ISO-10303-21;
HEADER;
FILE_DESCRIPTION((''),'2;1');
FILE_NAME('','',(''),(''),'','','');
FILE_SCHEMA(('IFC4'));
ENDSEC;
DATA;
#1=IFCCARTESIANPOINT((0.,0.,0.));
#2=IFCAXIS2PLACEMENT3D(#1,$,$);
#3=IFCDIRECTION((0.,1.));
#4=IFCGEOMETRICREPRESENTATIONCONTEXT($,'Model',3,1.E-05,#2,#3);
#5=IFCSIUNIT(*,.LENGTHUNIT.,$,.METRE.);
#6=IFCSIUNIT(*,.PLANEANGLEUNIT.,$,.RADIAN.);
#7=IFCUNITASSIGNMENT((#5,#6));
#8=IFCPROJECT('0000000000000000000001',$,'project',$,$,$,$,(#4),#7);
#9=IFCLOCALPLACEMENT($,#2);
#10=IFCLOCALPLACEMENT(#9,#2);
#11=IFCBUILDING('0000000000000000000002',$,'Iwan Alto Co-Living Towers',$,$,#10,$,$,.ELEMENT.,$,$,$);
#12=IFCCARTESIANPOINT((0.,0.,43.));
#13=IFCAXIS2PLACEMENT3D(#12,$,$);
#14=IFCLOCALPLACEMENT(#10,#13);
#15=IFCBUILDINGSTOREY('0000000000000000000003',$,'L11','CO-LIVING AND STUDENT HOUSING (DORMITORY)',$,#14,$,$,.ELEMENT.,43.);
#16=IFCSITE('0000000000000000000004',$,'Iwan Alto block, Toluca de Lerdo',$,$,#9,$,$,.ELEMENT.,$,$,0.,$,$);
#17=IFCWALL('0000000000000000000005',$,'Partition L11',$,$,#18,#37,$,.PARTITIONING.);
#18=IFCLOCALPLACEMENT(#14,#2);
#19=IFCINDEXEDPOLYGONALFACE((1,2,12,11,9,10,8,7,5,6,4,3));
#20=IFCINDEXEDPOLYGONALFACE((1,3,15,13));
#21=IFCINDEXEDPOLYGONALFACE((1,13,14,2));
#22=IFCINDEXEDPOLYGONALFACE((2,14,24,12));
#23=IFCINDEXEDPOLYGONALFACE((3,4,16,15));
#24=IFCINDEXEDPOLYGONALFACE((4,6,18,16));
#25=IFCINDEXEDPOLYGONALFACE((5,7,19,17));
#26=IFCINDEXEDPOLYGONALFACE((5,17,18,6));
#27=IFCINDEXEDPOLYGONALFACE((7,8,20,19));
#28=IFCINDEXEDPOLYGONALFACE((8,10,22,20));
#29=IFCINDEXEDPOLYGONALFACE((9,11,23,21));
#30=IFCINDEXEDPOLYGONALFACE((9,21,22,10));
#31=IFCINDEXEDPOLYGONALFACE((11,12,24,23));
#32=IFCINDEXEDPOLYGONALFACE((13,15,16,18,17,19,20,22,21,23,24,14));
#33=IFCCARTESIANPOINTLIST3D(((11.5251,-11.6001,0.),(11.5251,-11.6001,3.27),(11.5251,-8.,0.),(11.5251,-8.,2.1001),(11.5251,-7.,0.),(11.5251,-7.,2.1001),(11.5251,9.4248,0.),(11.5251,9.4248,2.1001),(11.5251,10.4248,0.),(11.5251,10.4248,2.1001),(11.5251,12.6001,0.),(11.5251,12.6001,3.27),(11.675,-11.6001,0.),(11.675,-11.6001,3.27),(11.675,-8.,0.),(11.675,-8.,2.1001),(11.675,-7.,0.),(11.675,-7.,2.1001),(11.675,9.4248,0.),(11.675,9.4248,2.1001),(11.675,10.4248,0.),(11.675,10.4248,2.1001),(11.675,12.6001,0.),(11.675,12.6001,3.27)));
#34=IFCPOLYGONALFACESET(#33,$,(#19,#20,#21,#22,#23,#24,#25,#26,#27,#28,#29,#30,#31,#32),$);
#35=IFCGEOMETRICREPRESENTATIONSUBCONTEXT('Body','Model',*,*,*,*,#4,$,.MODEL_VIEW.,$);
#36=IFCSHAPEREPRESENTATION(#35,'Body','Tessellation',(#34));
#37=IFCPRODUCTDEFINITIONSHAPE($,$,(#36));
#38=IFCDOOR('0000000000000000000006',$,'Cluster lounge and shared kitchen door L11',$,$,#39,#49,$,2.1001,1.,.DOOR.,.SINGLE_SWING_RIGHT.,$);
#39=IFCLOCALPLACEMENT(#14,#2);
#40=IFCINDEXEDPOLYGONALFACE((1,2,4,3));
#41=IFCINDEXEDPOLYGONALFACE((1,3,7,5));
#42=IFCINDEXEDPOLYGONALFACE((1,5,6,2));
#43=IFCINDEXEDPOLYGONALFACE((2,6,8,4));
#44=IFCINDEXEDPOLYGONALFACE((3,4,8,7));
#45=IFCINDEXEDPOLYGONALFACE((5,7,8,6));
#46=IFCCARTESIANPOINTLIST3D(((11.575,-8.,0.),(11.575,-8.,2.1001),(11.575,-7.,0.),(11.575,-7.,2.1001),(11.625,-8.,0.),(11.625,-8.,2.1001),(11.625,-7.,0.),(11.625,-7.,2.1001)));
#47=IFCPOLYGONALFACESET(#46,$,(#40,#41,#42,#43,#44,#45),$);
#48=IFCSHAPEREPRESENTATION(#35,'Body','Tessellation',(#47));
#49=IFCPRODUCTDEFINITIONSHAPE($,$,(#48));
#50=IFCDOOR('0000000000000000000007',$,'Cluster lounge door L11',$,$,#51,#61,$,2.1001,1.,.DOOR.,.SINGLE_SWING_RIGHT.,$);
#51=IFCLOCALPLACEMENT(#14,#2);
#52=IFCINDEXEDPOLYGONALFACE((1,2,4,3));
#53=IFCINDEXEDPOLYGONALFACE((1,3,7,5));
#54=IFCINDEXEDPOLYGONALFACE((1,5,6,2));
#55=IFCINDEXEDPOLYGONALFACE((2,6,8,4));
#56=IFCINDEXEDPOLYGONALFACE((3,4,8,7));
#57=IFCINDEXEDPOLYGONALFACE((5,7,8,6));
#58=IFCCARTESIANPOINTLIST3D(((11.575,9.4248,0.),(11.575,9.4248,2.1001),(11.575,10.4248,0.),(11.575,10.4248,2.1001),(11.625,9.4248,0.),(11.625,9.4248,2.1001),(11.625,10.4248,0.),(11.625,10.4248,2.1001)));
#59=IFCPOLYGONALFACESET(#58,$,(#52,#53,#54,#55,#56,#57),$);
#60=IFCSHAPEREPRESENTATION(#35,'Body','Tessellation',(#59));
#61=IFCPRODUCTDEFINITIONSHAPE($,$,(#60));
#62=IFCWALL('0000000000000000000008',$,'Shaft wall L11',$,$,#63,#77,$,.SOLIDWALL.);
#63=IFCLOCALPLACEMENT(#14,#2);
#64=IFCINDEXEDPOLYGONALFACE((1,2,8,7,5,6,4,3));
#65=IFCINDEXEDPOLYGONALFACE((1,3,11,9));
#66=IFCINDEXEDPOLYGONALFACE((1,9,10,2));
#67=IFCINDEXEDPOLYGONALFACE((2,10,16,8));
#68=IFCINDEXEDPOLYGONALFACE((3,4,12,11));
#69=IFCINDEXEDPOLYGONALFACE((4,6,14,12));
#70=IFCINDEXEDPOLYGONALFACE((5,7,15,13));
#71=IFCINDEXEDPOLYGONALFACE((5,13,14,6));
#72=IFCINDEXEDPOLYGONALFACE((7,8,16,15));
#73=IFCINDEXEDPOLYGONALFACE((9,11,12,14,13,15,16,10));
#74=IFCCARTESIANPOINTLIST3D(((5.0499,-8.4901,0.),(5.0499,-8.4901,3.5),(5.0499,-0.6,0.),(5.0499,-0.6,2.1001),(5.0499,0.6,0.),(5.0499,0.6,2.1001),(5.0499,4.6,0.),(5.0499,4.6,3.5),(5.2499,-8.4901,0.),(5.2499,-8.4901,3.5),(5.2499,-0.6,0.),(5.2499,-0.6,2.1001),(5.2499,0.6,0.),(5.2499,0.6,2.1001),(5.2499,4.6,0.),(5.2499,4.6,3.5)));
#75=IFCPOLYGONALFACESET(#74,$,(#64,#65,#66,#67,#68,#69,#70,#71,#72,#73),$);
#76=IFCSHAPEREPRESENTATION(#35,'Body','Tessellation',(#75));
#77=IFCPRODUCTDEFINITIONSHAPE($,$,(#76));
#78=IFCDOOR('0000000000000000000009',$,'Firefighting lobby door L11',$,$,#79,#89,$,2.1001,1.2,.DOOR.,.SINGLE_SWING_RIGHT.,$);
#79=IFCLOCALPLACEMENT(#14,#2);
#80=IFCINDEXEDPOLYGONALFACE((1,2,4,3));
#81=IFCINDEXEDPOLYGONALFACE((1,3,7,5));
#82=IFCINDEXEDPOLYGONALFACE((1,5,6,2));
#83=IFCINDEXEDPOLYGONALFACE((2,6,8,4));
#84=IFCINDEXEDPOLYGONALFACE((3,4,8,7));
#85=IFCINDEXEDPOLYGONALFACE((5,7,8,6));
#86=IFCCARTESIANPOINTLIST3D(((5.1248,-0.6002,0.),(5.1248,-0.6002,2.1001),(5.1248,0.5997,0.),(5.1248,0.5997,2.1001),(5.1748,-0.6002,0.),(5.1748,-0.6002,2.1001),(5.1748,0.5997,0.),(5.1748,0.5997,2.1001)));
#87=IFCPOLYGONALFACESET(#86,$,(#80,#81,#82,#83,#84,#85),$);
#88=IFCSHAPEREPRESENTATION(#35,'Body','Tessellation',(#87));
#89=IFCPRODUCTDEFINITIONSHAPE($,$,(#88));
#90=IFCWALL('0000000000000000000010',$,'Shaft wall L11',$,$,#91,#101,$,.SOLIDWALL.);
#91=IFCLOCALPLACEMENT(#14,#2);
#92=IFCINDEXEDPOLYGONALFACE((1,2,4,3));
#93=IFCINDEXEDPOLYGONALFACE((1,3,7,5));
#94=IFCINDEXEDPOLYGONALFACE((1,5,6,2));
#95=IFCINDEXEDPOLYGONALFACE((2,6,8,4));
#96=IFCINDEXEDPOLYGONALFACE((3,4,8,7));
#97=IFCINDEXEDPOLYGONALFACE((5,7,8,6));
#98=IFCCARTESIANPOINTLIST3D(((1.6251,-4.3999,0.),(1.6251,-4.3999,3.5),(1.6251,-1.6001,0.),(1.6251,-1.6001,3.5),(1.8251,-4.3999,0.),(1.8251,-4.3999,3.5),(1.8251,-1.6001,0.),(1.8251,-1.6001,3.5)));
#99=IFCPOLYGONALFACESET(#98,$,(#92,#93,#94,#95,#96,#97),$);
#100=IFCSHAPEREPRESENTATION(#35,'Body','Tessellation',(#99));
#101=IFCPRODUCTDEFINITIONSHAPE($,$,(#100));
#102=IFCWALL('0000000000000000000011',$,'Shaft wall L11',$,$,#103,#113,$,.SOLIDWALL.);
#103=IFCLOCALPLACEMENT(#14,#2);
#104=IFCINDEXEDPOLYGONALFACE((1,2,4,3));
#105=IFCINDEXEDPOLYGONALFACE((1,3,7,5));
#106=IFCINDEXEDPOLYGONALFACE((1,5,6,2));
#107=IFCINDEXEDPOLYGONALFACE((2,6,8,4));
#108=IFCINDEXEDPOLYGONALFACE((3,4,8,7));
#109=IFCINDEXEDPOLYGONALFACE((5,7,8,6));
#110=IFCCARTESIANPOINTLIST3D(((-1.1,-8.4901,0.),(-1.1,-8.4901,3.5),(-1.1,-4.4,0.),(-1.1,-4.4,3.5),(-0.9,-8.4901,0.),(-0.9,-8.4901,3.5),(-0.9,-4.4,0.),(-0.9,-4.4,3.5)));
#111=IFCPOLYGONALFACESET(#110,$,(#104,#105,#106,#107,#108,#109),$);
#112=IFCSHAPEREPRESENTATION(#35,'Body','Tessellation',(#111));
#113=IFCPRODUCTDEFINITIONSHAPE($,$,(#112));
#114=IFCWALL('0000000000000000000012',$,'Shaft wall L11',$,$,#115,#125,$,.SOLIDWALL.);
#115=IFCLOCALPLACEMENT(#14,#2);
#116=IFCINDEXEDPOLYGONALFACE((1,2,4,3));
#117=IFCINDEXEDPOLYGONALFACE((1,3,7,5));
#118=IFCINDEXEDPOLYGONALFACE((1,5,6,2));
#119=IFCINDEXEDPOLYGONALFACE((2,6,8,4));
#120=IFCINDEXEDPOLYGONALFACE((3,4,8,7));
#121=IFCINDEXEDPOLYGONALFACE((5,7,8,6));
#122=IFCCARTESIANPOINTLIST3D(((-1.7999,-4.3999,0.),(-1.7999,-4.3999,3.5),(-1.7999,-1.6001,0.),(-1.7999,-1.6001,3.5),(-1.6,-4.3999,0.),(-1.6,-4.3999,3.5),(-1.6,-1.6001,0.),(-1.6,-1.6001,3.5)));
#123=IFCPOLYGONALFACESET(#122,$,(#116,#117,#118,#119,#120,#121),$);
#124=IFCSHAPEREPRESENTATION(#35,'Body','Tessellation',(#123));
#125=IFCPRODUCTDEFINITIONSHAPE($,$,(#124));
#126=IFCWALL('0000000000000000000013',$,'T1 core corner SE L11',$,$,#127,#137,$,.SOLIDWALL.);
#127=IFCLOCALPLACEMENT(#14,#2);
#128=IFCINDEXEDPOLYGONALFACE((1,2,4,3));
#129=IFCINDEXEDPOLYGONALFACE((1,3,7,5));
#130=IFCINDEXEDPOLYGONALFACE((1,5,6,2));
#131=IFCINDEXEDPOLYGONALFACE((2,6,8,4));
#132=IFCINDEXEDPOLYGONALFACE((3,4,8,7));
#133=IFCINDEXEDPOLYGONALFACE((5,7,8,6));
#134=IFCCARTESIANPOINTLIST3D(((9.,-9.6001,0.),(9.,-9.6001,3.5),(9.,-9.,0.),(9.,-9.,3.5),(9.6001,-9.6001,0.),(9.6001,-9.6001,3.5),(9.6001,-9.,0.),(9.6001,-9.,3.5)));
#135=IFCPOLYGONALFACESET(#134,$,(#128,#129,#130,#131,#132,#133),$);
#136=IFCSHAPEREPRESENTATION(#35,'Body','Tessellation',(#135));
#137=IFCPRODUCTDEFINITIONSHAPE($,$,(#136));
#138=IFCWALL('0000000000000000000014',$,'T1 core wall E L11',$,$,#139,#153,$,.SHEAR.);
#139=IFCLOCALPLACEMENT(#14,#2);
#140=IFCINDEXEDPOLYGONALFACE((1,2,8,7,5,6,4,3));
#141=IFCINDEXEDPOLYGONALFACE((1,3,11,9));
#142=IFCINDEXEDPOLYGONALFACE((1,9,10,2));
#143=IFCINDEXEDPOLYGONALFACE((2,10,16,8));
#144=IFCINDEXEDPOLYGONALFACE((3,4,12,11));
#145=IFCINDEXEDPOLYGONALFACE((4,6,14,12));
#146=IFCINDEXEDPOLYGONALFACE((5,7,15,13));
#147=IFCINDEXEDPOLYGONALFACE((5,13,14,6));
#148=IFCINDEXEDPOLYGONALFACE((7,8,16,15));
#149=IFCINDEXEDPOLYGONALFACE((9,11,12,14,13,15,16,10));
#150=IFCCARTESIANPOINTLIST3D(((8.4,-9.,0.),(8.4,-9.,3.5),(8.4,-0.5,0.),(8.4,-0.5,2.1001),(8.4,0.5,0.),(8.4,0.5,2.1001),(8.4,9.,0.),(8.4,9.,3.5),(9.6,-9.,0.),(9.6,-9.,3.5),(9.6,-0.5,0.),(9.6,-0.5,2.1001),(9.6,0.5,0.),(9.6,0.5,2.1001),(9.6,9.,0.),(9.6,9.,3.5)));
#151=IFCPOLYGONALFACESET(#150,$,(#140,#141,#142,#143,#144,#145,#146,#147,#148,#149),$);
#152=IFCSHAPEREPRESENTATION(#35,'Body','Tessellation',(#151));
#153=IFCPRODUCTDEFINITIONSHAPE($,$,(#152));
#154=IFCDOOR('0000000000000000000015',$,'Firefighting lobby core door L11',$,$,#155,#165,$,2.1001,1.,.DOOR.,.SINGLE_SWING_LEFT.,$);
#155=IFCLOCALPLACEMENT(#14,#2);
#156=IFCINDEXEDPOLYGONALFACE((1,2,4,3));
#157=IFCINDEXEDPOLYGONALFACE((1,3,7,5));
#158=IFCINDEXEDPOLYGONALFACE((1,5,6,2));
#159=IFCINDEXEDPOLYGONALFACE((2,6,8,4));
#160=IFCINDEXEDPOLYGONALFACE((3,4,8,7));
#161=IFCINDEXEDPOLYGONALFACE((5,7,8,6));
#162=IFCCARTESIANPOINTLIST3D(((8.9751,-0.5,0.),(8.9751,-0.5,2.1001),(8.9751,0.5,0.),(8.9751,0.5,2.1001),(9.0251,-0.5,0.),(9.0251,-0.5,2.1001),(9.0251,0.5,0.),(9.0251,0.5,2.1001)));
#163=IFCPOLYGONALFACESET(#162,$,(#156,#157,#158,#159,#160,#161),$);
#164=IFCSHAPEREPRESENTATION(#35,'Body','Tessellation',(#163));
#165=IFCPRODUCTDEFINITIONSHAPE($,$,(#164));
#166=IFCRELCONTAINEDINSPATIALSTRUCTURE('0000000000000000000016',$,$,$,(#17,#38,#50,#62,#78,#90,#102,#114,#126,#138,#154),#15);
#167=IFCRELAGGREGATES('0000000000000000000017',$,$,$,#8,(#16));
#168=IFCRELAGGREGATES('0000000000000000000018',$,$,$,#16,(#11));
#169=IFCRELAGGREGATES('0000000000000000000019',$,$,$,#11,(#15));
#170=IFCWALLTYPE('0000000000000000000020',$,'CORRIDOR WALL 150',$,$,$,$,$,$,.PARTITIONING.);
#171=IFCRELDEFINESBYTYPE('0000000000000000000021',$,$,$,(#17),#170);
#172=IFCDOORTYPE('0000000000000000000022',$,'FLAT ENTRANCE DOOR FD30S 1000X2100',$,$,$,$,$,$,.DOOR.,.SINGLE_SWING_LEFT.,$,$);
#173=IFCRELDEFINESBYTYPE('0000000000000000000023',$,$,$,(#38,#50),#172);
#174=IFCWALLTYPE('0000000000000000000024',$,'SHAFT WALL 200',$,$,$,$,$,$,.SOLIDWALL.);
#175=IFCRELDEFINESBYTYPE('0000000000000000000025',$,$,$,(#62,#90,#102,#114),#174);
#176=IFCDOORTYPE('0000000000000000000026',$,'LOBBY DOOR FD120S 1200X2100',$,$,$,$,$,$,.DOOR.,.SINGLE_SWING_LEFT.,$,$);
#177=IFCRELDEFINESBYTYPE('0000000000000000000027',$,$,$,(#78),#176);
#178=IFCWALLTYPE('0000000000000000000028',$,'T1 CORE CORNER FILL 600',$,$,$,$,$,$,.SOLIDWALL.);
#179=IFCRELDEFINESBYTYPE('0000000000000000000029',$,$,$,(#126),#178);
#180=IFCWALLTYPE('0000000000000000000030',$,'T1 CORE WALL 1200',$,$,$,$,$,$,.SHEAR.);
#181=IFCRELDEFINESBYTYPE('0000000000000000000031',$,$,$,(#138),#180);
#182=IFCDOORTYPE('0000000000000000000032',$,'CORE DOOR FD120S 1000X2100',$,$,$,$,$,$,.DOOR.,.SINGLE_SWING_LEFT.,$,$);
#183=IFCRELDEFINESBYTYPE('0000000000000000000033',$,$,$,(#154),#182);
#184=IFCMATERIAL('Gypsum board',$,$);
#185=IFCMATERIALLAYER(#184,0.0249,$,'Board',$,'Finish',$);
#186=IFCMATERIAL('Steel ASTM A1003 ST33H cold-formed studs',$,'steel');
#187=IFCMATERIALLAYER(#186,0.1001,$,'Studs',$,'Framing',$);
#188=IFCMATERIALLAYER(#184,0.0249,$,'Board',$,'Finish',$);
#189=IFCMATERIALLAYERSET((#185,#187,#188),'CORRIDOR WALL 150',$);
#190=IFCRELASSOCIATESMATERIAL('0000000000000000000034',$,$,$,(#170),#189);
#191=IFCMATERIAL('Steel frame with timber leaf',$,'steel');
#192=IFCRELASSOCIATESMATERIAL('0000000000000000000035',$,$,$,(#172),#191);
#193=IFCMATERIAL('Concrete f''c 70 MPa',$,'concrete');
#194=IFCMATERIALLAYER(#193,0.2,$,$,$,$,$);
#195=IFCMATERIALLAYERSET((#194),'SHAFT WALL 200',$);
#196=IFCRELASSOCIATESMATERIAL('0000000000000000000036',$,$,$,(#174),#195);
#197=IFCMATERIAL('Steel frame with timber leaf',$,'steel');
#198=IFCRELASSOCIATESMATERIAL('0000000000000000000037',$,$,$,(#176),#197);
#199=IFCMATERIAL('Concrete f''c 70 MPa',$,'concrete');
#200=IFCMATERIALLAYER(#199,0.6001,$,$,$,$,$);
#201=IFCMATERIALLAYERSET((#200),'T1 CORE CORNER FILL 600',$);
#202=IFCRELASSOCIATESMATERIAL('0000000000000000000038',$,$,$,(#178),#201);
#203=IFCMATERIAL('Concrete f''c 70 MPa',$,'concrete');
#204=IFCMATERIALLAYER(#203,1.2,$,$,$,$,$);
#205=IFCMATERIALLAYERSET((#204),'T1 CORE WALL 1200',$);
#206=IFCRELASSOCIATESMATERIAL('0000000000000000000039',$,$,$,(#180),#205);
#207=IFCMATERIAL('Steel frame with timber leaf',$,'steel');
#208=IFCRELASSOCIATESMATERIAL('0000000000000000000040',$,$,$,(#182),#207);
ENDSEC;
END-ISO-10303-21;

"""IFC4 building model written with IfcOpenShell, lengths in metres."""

from ifc_helpers import new_model, si_unit, direction, frame, frame_2d, origin, place, context, subcontext, project, spatial, rectangle, extrude, material, layer, layer_set, type_object, element, fill, save


model = new_model("IFC4")

# Units and contexts
model_context = context("Model", 3, precision=1e-05, world=origin(), true_north=direction((0.0, 1.0)))
body_context = subcontext(model_context, "Body", "Model", "MODEL_VIEW")
ifc_project = project(units=[si_unit("LENGTHUNIT", "METRE"), si_unit("PLANEANGLEUNIT", "RADIAN")], contexts=[model_context])

# Site, building, storey
site_placement = place(None, origin())
site = spatial("IfcSite", under=ifc_project, at=site_placement, Name="Iwan Alto block, Toluca de Lerdo", CompositionType="ELEMENT", RefElevation=0.0)
building_placement = place(site_placement, origin())
building = spatial("IfcBuilding", under=site, at=building_placement, Name="Iwan Alto Co-Living Towers", CompositionType="ELEMENT")
storey_placement = place(building_placement, frame((0.0, 0.0, 43.0)))
storey = spatial("IfcBuildingStorey", under=building, at=storey_placement, Name="L11", Description="CO-LIVING AND STUDENT HOUSING (DORMITORY)", CompositionType="ELEMENT", Elevation=43.0)

# Wall, openings, doors
ifc_material_1 = material(Name="Gypsum board")
ifc_layer_1 = layer(ifc_material_1, 0.0249, Name="Board", Category="Finish")
ifc_material_2 = material(Name="Steel ASTM A1003 ST33H cold-formed studs", Category="steel")
ifc_layer_2 = layer(ifc_material_2, 0.1001, Name="Studs", Category="Framing")
ifc_layer_3 = layer(ifc_material_1, 0.0249, Name="Board", Category="Finish")
ifc_layer_set_1 = layer_set([ifc_layer_1, ifc_layer_2, ifc_layer_3], Name="CORRIDOR WALL 150")
wall_type_1 = type_object("IfcWallType", Name="CORRIDOR WALL 150", PredefinedType="PARTITIONING", material=ifc_layer_set_1)
wall_1_placement = place(storey_placement, frame((11.6001, -11.6001, 0.0), z_axis=(0.0, 0.0, 1.0), x_axis=(0.0, 1.0, 0.0)))
wall_1 = element("IfcWall", 1, at=wall_1_placement, inside=storey, type_object=wall_type_1, Name="Partition L11", PredefinedType="PARTITIONING", context=body_context, shape_type="SweptSolid", body=[
    extrude(rectangle(XDim=24.2002, YDim=0.1499, at=frame_2d((12.1001, 0.0))), origin(), (0.0, 0.0, 1.0), 3.27),
])
opening_1_placement = place(wall_1_placement, frame((3.6001, 0.0, 0.0)))
opening_1 = element("IfcOpeningElement", 2, at=opening_1_placement, cuts=wall_1, PredefinedType="OPENING", context=body_context, shape_type="SweptSolid", body=[
    extrude(rectangle(XDim=1.0, YDim=2.1001, at=frame_2d((0.5, 1.05))), frame((0.0, 0.085, 0.0), z_axis=(0.0, -1.0, 0.0), x_axis=(1.0, 0.0, 0.0)), (0.0, 0.0, 1.0), 0.1699),
])
opening_2_placement = place(wall_1_placement, frame((21.0249, 0.0, 0.0)))
opening_2 = element("IfcOpeningElement", 3, at=opening_2_placement, cuts=wall_1, PredefinedType="OPENING", context=body_context, shape_type="SweptSolid", body=[
    extrude(rectangle(XDim=1.0, YDim=2.1001, at=frame_2d((0.5, 1.05))), frame((0.0, 0.085, 0.0), z_axis=(0.0, -1.0, 0.0), x_axis=(1.0, 0.0, 0.0)), (0.0, 0.0, 1.0), 0.1699),
])
ifc_material_3 = material(Name="Steel frame with timber leaf", Category="steel")
door_type_1 = type_object("IfcDoorType", Name="FLAT ENTRANCE DOOR FD30S 1000X2100", OperationType="SINGLE_SWING_LEFT", PredefinedType="DOOR", material=ifc_material_3)
door_1_placement = place(opening_1_placement, frame((1.0, 0.0, 0.0), z_axis=(0.0, 0.0, 1.0), x_axis=(-1.0, 0.0, 0.0)))
door_1 = element("IfcDoor", 4, at=door_1_placement, inside=storey, type_object=door_type_1, Name="Cluster lounge and shared kitchen door L11", OperationType="SINGLE_SWING_RIGHT", OverallHeight=2.1001, OverallWidth=1.0, PredefinedType="DOOR", context=body_context, shape_type="SweptSolid", body=[
    extrude(rectangle(XDim=1.0, YDim=2.1001, at=frame_2d((0.5, 1.05))), frame((0.0, 0.0249, 0.0), z_axis=(0.0, -1.0, 0.0), x_axis=(1.0, 0.0, 0.0)), (0.0, 0.0, 1.0), 0.05),
])
fill(opening_1, door_1)
door_2_placement = place(opening_2_placement, frame((1.0, 0.0, 0.0), z_axis=(0.0, 0.0, 1.0), x_axis=(-1.0, 0.0, 0.0)))
door_2 = element("IfcDoor", 5, at=door_2_placement, inside=storey, type_object=door_type_1, Name="Cluster lounge door L11", OperationType="SINGLE_SWING_RIGHT", OverallHeight=2.1001, OverallWidth=1.0, PredefinedType="DOOR", context=body_context, shape_type="SweptSolid", body=[
    extrude(rectangle(XDim=1.0, YDim=2.1001, at=frame_2d((0.5, 1.05))), frame((0.0, 0.0249, 0.0), z_axis=(0.0, -1.0, 0.0), x_axis=(1.0, 0.0, 0.0)), (0.0, 0.0, 1.0), 0.05),
])
fill(opening_2, door_2)

# Wall, opening, door
ifc_material_4 = material(Name="Concrete f'c 70 MPa", Category="concrete")
ifc_layer_4 = layer(ifc_material_4, 0.2)
ifc_layer_set_2 = layer_set([ifc_layer_4], Name="SHAFT WALL 200")
wall_type_2 = type_object("IfcWallType", Name="SHAFT WALL 200", PredefinedType="SOLIDWALL", material=ifc_layer_set_2)
wall_2_placement = place(storey_placement, frame((5.1499, -8.49, 0.0), z_axis=(0.0, 0.0, 1.0), x_axis=(0.0, 1.0, 0.0)))
wall_2 = element("IfcWall", 6, at=wall_2_placement, inside=storey, type_object=wall_type_2, Name="Shaft wall L11", PredefinedType="SOLIDWALL", context=body_context, shape_type="SweptSolid", body=[
    extrude(rectangle(XDim=13.0901, YDim=0.2, at=frame_2d((6.5449, 0.0))), origin(), (0.0, 0.0, 1.0), 3.5),
])
opening_3_placement = place(wall_2_placement, frame((7.8899, 0.0, 0.0)))
opening_3 = element("IfcOpeningElement", 7, at=opening_3_placement, cuts=wall_2, PredefinedType="OPENING", context=body_context, shape_type="SweptSolid", body=[
    extrude(rectangle(XDim=1.2, YDim=2.1001, at=frame_2d((0.6001, 1.05))), frame((0.0, 0.1099, 0.0), z_axis=(0.0, -1.0, 0.0), x_axis=(1.0, 0.0, 0.0)), (0.0, 0.0, 1.0), 0.22),
])
ifc_material_5 = material(Name="Steel frame with timber leaf", Category="steel")
door_type_2 = type_object("IfcDoorType", Name="LOBBY DOOR FD120S 1200X2100", OperationType="SINGLE_SWING_LEFT", PredefinedType="DOOR", material=ifc_material_5)
door_3_placement = place(opening_3_placement, frame((1.2, 0.0, 0.0), z_axis=(0.0, 0.0, 1.0), x_axis=(-1.0, 0.0, 0.0)))
door_3 = element("IfcDoor", 8, at=door_3_placement, inside=storey, type_object=door_type_2, Name="Firefighting lobby door L11", OperationType="SINGLE_SWING_RIGHT", OverallHeight=2.1001, OverallWidth=1.2, PredefinedType="DOOR", context=body_context, shape_type="SweptSolid", body=[
    extrude(rectangle(XDim=1.2, YDim=2.1001, at=frame_2d((0.6001, 1.05))), frame((0.0, 0.0249, 0.0), z_axis=(0.0, -1.0, 0.0), x_axis=(1.0, 0.0, 0.0)), (0.0, 0.0, 1.0), 0.05),
])
fill(opening_3, door_3)

# Walls
wall_3_placement = place(storey_placement, frame((1.7251, -4.3999, 0.0), z_axis=(0.0, 0.0, 1.0), x_axis=(0.0, 1.0, 0.0)))
element("IfcWall", 9, at=wall_3_placement, inside=storey, type_object=wall_type_2, Name="Shaft wall L11", PredefinedType="SOLIDWALL", context=body_context, shape_type="SweptSolid", body=[
    extrude(rectangle(XDim=2.7998, YDim=0.2, at=frame_2d((1.3999, 0.0))), origin(), (0.0, 0.0, 1.0), 3.5),
])
wall_4_placement = place(storey_placement, frame((-1.0, -8.49, 0.0), z_axis=(0.0, 0.0, 1.0), x_axis=(0.0, 1.0, 0.0)))
element("IfcWall", 10, at=wall_4_placement, inside=storey, type_object=wall_type_2, Name="Shaft wall L11", PredefinedType="SOLIDWALL", context=body_context, shape_type="SweptSolid", body=[
    extrude(rectangle(XDim=4.0901, YDim=0.2, at=frame_2d((2.0449, 0.0))), origin(), (0.0, 0.0, 1.0), 3.5),
])
wall_5_placement = place(storey_placement, frame((-1.7, -4.3999, 0.0), z_axis=(0.0, 0.0, 1.0), x_axis=(0.0, 1.0, 0.0)))
element("IfcWall", 11, at=wall_5_placement, inside=storey, type_object=wall_type_2, Name="Shaft wall L11", PredefinedType="SOLIDWALL", context=body_context, shape_type="SweptSolid", body=[
    extrude(rectangle(XDim=2.7998, YDim=0.2, at=frame_2d((1.3999, 0.0))), origin(), (0.0, 0.0, 1.0), 3.5),
])
ifc_material_6 = material(Name="Concrete f'c 70 MPa", Category="concrete")
ifc_layer_5 = layer(ifc_material_6, 0.6001)
ifc_layer_set_3 = layer_set([ifc_layer_5], Name="T1 CORE CORNER FILL 600")
wall_type_3 = type_object("IfcWallType", Name="T1 CORE CORNER FILL 600", PredefinedType="SOLIDWALL", material=ifc_layer_set_3)
wall_6_placement = place(storey_placement, frame((9.0, -9.3, 0.0), z_axis=(0.0, 0.0, 1.0), x_axis=(1.0, 0.0, 0.0)))
element("IfcWall", 12, at=wall_6_placement, inside=storey, type_object=wall_type_3, Name="T1 core corner SE L11", PredefinedType="SOLIDWALL", context=body_context, shape_type="SweptSolid", body=[
    extrude(rectangle(XDim=0.6001, YDim=0.6001, at=frame_2d((0.3, 0.0))), origin(), (0.0, 0.0, 1.0), 3.5),
])

# Wall, opening, door
ifc_material_7 = material(Name="Concrete f'c 70 MPa", Category="concrete")
ifc_layer_6 = layer(ifc_material_7, 1.2)
ifc_layer_set_4 = layer_set([ifc_layer_6], Name="T1 CORE WALL 1200")
wall_type_4 = type_object("IfcWallType", Name="T1 CORE WALL 1200", PredefinedType="SHEAR", material=ifc_layer_set_4)
wall_7_placement = place(storey_placement, frame((9.0, -9.0, 0.0), z_axis=(0.0, 0.0, 1.0), x_axis=(0.0, 1.0, 0.0)))
wall_7 = element("IfcWall", 13, at=wall_7_placement, inside=storey, type_object=wall_type_4, Name="T1 core wall E L11", PredefinedType="SHEAR", context=body_context, shape_type="SweptSolid", body=[
    extrude(rectangle(XDim=18.0, YDim=1.2, at=frame_2d((9.0, 0.0))), origin(), (0.0, 0.0, 1.0), 3.5),
])
opening_4_placement = place(wall_7_placement, frame((8.5, 0.0, 0.0)))
opening_4 = element("IfcOpeningElement", 14, at=opening_4_placement, cuts=wall_7, PredefinedType="OPENING", context=body_context, shape_type="SweptSolid", body=[
    extrude(rectangle(XDim=1.0, YDim=2.1001, at=frame_2d((0.5, 1.05))), frame((0.0, 0.6099, 0.0), z_axis=(0.0, -1.0, 0.0), x_axis=(1.0, 0.0, 0.0)), (0.0, 0.0, 1.0), 1.22),
])
ifc_material_8 = material(Name="Steel frame with timber leaf", Category="steel")
door_type_3 = type_object("IfcDoorType", Name="CORE DOOR FD120S 1000X2100", OperationType="SINGLE_SWING_LEFT", PredefinedType="DOOR", material=ifc_material_8)
door_4_placement = place(opening_4_placement, origin())
door_4 = element("IfcDoor", 15, at=door_4_placement, inside=storey, type_object=door_type_3, Name="Firefighting lobby core door L11", OperationType="SINGLE_SWING_LEFT", OverallHeight=2.1001, OverallWidth=1.0, PredefinedType="DOOR", context=body_context, shape_type="SweptSolid", body=[
    extrude(rectangle(XDim=1.0, YDim=2.1001, at=frame_2d((0.5, 1.05))), frame((0.0, 0.0249, 0.0), z_axis=(0.0, -1.0, 0.0), x_axis=(1.0, 0.0, 0.0)), (0.0, 0.0, 1.0), 0.05),
])
fill(opening_4, door_4)

save(model, "model.ifc")
